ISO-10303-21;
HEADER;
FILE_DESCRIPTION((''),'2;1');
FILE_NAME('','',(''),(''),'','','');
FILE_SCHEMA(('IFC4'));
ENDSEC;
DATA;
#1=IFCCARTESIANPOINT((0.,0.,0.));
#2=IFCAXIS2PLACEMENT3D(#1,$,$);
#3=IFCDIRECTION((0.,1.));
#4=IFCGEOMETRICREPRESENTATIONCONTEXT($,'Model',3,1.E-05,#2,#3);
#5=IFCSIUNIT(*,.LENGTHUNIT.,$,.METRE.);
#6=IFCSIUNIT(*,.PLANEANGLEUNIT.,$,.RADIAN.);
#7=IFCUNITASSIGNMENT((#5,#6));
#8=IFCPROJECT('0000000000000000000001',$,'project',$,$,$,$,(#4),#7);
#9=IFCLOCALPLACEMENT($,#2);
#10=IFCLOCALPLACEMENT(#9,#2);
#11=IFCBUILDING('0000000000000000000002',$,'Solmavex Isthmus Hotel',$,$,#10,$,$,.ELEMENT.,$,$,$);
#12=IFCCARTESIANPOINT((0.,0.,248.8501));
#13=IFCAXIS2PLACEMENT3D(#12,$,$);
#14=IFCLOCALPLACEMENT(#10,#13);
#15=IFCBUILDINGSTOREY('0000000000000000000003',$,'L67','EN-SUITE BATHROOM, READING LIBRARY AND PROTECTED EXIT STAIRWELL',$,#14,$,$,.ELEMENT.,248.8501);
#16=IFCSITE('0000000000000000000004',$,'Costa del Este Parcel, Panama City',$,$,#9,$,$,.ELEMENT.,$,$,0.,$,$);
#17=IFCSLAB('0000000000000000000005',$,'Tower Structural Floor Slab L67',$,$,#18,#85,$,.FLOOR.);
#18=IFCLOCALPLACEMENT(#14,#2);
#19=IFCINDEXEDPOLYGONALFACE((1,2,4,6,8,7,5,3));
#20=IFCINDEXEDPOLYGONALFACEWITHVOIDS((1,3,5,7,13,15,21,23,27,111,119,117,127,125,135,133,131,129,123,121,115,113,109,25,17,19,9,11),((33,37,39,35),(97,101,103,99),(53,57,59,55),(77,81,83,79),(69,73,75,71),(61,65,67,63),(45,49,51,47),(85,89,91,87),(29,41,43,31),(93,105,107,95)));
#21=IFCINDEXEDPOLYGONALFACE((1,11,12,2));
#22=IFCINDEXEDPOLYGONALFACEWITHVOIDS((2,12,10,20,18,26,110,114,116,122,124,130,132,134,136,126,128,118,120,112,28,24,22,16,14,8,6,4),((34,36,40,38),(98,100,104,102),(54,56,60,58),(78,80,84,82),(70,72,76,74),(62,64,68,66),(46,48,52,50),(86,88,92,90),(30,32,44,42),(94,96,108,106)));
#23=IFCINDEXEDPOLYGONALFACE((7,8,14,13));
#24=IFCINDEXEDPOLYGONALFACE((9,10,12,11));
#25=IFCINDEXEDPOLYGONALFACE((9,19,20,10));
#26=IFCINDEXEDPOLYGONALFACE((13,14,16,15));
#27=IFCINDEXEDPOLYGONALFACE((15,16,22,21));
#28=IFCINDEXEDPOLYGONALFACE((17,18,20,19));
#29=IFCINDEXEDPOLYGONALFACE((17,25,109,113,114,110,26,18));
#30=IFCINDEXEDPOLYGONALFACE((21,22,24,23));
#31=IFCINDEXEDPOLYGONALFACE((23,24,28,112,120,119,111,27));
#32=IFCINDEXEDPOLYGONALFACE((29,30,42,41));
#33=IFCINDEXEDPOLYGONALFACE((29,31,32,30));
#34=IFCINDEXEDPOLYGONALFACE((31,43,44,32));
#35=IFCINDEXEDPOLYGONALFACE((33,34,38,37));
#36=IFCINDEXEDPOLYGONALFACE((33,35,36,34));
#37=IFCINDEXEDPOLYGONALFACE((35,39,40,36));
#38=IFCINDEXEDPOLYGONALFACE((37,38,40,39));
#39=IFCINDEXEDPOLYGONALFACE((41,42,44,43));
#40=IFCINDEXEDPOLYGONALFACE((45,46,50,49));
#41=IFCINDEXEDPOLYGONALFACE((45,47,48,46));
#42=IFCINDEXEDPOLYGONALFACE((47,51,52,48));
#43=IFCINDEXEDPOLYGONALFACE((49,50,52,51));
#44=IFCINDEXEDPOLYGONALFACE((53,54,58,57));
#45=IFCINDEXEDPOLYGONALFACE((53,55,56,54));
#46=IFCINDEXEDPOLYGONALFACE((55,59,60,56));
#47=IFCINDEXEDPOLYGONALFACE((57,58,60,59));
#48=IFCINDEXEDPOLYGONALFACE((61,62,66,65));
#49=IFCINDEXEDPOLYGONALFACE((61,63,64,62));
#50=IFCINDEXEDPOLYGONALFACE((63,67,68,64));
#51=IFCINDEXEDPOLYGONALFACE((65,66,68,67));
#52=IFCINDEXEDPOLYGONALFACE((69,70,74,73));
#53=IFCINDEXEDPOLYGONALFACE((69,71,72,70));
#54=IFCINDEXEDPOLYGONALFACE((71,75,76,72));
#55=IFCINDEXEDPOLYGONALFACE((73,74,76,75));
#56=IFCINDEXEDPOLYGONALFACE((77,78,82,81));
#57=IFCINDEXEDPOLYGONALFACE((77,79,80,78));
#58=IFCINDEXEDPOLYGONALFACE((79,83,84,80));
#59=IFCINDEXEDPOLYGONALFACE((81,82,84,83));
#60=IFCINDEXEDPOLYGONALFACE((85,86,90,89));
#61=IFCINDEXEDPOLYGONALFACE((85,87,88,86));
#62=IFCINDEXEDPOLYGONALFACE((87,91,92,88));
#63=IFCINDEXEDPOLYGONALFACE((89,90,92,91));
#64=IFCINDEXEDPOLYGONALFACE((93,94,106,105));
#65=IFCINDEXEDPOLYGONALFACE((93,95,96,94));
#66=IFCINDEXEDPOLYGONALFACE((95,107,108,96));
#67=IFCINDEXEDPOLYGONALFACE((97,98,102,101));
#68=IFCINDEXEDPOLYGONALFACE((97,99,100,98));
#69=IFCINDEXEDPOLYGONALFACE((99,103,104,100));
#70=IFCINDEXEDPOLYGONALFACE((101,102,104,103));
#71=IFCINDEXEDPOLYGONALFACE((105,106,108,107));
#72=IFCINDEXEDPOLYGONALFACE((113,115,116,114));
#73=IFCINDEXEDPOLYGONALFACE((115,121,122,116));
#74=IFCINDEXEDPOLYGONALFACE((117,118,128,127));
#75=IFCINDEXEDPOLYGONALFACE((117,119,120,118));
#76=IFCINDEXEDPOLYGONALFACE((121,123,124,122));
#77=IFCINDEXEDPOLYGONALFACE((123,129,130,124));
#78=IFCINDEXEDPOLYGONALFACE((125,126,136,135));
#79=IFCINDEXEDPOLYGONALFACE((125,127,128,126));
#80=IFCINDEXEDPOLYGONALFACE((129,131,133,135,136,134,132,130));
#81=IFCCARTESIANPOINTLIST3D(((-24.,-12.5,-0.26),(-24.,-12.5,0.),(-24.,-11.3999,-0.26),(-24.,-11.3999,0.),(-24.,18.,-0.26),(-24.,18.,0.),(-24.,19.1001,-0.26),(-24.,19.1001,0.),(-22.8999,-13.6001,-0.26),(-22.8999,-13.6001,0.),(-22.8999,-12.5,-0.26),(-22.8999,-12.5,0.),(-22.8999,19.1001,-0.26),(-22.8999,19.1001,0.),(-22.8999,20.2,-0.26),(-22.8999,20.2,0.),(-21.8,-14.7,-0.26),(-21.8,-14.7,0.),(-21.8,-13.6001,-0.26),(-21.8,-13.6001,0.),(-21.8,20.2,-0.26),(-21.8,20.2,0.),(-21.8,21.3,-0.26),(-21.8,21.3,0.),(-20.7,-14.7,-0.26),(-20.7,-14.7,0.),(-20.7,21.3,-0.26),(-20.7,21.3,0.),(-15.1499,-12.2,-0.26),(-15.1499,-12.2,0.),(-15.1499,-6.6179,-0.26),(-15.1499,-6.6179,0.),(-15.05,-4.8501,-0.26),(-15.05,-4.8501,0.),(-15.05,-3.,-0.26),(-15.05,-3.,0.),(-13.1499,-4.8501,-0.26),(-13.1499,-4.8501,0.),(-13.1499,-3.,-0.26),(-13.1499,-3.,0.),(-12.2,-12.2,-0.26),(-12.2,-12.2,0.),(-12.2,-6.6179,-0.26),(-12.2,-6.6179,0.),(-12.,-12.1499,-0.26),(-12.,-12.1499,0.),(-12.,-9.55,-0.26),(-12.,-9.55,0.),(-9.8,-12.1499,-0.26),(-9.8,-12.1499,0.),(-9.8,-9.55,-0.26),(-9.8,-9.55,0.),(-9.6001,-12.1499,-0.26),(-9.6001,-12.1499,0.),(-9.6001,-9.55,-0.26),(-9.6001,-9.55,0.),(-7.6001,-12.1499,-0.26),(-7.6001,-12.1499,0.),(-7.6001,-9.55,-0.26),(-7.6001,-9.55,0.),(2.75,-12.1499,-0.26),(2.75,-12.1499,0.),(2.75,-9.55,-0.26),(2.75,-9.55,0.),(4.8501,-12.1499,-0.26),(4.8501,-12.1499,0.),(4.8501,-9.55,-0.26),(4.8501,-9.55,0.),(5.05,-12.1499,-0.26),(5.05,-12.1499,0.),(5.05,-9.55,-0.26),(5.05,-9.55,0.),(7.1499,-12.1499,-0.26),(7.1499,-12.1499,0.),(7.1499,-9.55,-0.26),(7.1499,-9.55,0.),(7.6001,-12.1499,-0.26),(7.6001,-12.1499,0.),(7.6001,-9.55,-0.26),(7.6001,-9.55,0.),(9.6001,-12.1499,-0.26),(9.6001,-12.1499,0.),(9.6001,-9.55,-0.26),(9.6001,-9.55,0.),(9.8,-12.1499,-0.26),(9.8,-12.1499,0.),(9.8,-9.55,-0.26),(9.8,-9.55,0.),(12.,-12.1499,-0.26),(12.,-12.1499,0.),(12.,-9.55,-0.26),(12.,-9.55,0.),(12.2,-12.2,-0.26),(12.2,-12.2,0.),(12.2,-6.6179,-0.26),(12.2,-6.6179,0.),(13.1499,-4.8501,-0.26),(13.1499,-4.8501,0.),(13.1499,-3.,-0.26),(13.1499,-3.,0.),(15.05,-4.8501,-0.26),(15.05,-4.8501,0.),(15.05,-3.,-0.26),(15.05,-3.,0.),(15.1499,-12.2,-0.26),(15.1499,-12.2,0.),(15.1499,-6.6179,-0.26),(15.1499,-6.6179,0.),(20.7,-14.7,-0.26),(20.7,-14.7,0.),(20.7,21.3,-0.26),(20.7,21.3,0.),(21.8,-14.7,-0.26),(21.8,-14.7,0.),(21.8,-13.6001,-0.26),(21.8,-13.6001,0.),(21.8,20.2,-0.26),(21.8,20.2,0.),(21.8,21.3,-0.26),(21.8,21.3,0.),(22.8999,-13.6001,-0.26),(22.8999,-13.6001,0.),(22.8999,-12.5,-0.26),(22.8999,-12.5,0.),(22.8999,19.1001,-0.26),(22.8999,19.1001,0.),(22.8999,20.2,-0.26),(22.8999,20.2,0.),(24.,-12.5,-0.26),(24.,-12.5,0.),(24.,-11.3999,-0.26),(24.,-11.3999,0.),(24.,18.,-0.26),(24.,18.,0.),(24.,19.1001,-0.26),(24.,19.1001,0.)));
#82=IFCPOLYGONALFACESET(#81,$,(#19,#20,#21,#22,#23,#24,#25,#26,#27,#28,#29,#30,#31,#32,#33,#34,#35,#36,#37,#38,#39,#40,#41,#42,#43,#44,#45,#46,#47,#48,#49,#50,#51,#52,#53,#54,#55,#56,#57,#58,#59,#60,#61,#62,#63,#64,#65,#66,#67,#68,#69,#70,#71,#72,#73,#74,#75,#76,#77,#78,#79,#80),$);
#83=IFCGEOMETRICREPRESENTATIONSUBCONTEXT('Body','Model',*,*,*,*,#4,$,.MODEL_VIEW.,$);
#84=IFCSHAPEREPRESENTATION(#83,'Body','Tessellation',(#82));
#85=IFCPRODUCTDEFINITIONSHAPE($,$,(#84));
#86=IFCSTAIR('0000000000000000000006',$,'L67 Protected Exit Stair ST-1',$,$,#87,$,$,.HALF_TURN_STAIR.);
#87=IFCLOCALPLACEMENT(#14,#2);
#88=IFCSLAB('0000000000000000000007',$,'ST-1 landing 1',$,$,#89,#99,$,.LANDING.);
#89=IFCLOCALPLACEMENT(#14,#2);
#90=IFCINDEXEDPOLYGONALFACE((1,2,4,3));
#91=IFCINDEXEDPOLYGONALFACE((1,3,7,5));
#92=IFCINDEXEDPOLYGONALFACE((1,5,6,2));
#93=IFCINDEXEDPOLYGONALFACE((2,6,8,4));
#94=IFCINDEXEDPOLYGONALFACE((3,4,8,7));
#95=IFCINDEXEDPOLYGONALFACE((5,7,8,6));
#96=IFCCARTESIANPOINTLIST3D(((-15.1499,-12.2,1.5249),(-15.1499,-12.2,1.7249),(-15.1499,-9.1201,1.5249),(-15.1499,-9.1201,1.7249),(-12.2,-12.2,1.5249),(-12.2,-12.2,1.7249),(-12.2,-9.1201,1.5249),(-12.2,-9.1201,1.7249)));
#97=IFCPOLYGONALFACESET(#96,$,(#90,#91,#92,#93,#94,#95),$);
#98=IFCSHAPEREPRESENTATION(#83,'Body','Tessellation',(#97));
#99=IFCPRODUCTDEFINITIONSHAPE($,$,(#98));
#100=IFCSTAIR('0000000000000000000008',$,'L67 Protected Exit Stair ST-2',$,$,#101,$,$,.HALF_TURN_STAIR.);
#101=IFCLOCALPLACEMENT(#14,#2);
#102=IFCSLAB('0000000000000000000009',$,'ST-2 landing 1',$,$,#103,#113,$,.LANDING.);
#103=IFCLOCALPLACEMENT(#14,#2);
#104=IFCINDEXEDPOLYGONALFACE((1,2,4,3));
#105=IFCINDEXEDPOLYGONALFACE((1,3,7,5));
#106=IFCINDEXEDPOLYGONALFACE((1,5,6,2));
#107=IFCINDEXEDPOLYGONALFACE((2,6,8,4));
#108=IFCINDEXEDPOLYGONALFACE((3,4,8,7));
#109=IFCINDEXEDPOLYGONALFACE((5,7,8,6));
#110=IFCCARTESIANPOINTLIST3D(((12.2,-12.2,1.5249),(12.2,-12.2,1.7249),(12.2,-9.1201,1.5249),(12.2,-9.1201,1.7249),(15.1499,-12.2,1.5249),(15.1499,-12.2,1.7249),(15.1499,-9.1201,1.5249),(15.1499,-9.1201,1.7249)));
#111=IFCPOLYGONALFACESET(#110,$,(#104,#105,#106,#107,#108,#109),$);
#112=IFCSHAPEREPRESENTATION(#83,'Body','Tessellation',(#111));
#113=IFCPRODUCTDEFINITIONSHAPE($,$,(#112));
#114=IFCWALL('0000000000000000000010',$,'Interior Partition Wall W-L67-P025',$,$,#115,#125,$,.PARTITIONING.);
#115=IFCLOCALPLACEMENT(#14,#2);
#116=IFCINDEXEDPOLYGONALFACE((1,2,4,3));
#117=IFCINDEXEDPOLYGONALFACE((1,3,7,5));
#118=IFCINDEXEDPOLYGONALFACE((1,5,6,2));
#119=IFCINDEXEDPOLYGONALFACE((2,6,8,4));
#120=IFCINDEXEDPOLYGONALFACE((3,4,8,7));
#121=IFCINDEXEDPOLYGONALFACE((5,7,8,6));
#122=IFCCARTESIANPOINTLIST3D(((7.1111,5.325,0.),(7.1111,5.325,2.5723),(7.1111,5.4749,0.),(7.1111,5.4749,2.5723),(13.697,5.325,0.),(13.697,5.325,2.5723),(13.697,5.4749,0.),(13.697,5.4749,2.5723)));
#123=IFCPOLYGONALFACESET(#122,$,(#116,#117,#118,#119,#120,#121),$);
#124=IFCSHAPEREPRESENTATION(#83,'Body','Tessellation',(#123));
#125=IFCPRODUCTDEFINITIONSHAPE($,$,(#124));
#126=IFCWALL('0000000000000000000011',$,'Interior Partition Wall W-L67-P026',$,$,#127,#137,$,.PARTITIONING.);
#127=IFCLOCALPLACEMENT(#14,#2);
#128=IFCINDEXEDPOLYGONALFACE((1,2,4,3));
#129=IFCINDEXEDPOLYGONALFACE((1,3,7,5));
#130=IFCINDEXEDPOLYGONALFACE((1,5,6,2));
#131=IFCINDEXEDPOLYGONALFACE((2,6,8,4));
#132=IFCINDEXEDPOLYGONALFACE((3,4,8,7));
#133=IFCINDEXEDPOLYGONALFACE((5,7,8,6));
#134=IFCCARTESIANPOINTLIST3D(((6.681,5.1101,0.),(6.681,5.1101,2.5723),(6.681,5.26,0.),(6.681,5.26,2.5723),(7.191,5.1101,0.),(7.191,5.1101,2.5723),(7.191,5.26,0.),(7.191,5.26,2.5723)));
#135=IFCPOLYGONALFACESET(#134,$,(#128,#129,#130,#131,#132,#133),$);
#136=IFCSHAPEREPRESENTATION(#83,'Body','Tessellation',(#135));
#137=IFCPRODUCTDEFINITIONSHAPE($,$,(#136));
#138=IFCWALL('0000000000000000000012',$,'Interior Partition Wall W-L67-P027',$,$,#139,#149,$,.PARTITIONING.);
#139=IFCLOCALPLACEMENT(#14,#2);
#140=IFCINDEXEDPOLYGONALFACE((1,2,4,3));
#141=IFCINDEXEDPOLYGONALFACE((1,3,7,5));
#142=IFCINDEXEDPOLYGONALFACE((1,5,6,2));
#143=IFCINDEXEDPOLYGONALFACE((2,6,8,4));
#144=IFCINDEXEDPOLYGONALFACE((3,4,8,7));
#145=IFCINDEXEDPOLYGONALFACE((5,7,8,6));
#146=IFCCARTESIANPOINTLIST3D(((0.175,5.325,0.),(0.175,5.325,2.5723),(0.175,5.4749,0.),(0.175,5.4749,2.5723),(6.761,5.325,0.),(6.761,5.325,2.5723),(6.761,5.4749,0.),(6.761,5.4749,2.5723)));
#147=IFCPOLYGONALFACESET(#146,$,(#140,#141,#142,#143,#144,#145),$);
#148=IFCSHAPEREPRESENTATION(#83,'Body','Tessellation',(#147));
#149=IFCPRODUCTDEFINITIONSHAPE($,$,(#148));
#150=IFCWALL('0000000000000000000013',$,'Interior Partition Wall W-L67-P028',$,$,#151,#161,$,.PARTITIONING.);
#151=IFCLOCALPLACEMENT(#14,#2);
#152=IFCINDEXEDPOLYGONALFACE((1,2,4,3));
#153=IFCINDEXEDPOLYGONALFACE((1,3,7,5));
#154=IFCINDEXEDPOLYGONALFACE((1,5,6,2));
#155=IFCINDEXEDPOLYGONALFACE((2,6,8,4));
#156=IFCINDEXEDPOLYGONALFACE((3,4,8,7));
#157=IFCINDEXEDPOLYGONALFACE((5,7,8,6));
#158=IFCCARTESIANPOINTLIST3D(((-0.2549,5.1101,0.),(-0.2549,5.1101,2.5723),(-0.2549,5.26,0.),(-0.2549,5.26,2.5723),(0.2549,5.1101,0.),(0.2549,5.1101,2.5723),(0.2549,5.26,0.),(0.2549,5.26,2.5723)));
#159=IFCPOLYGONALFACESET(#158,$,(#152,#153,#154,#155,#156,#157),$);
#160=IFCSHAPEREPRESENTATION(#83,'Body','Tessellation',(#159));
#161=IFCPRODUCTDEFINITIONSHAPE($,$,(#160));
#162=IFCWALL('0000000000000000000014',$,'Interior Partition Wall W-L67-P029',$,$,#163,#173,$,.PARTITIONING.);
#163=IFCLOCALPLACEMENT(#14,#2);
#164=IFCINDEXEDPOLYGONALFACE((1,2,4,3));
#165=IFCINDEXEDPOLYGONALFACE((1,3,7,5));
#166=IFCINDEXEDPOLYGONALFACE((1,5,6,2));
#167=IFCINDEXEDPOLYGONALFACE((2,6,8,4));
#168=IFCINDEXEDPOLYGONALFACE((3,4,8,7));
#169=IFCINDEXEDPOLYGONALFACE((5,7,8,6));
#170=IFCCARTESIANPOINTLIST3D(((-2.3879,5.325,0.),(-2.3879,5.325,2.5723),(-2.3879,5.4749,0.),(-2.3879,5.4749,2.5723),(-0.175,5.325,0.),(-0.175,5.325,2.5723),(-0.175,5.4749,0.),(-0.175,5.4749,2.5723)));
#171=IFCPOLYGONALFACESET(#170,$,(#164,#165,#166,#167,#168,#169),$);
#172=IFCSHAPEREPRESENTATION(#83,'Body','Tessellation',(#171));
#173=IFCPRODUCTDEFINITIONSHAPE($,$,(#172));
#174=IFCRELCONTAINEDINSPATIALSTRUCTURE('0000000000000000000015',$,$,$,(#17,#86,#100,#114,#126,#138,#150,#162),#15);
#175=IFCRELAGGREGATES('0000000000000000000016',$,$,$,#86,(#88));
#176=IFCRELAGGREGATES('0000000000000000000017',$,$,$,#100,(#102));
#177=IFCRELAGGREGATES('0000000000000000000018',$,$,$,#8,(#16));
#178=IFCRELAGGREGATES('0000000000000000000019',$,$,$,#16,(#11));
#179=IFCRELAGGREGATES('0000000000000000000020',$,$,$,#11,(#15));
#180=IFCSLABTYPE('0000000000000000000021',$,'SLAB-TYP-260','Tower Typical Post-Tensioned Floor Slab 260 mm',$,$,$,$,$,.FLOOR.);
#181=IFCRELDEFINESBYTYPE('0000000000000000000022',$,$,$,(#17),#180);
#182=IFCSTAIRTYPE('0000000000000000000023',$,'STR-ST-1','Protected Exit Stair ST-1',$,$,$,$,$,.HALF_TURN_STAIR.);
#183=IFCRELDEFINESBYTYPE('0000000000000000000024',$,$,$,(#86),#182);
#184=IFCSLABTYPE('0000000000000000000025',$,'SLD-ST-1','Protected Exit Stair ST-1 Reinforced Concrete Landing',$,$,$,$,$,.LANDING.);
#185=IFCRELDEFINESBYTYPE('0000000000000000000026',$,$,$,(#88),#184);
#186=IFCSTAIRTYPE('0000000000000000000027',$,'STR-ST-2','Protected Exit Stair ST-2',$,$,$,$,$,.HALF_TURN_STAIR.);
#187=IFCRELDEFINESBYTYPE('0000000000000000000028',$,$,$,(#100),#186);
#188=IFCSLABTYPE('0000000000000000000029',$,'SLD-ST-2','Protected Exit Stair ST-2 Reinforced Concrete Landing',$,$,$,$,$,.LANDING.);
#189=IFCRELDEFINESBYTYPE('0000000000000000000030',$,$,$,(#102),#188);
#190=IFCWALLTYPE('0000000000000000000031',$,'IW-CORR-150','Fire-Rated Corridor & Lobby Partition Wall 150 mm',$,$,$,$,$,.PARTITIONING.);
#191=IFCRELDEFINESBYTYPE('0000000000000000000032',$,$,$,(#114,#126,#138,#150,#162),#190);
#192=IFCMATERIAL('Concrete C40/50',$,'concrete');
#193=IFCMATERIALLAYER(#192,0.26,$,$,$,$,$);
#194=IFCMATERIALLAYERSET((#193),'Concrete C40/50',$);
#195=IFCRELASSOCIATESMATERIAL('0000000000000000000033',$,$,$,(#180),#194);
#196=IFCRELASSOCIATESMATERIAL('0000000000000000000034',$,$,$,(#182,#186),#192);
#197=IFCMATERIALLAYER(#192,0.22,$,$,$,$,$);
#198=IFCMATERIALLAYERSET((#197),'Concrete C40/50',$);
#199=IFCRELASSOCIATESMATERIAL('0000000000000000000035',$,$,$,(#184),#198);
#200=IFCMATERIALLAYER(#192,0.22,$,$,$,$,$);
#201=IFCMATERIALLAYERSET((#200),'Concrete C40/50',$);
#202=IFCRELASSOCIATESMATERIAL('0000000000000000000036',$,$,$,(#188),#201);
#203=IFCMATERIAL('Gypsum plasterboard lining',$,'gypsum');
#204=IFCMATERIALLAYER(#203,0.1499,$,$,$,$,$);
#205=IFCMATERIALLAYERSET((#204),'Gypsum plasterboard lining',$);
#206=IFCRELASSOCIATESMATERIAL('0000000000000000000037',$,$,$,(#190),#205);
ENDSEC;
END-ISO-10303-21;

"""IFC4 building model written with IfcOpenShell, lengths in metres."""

from ifc_helpers import new_model, si_unit, direction, frame, frame_2d, origin, place, context, subcontext, project, spatial, polyline, rectangle, outline, extrude, material, layer, layer_set, type_object, element, aggregate, save


model = new_model("IFC4")

# Units and contexts
model_context = context("Model", 3, precision=1e-05, world=origin(), true_north=direction((0.0, 1.0)))
body_context = subcontext(model_context, "Body", "Model", "MODEL_VIEW")
ifc_project = project(units=[si_unit("LENGTHUNIT", "METRE"), si_unit("PLANEANGLEUNIT", "RADIAN")], contexts=[model_context])

# Site, building, storey
site_placement = place(None, origin())
site = spatial("IfcSite", under=ifc_project, at=site_placement, Name="Costa del Este Parcel, Panama City", CompositionType="ELEMENT", RefElevation=0.0)
building_placement = place(site_placement, origin())
building = spatial("IfcBuilding", under=site, at=building_placement, Name="Solmavex Isthmus Hotel", CompositionType="ELEMENT")
storey_placement = place(building_placement, frame((0.0, 0.0, 248.8501)))
storey = spatial("IfcBuildingStorey", under=building, at=storey_placement, Name="L67", Description="EN-SUITE BATHROOM, READING LIBRARY AND PROTECTED EXIT STAIRWELL", CompositionType="ELEMENT", Elevation=248.8501)

# Slab
ifc_material_1 = material(Name="Concrete C40/50", Category="concrete")
ifc_layer_1 = layer(ifc_material_1, 0.26)
ifc_layer_set_1 = layer_set([ifc_layer_1], Name="Concrete C40/50")
slab_type_1 = type_object("IfcSlabType", Name="SLAB-TYP-260", Description="Tower Typical Post-Tensioned Floor Slab 260 mm", PredefinedType="FLOOR", material=ifc_layer_set_1)
slab_1_placement = place(storey_placement, frame((0.0, 0.0, -0.26)))
element("IfcSlab", 1, at=slab_1_placement, inside=storey, type_object=slab_type_1, Name="Tower Structural Floor Slab L67", PredefinedType="FLOOR", context=body_context, shape_type="SweptSolid", body=[
    extrude(outline(polyline([(-20.7, -14.7), (20.7, -14.7), (21.8, -14.7), (21.8, -13.6001), (22.8999, -13.6001), (22.8999, -12.5), (24.0, -12.5), (24.0, -11.3999), (24.0, 18.0), (24.0, 19.1001), (22.8999, 19.1001), (22.8999, 20.2), (21.8, 20.2), (21.8, 21.3), (20.7, 21.3), (-20.7, 21.3), (-21.8, 21.3), (-21.8, 20.2), (-22.8999, 20.2), (-22.8999, 19.1001), (-24.0, 19.1001), (-24.0, 18.0), (-24.0, -11.3999), (-24.0, -12.5), (-22.8999, -12.5), (-22.8999, -13.6001), (-21.8, -13.6001), (-21.8, -14.7), (-20.7, -14.7)]), holes=[polyline([(-15.1499, -6.6179), (-15.1499, -12.2), (-12.2, -12.2), (-12.2, -6.6179), (-15.1499, -6.6179)]), polyline([(12.2, -6.6179), (12.2, -12.2), (15.1499, -12.2), (15.1499, -6.6179), (12.2, -6.6179)]), polyline([(-12.0, -12.1499), (-9.8, -12.1499), (-9.8, -9.55), (-12.0, -9.55), (-12.0, -12.1499)]), polyline([(9.8, -12.1499), (12.0, -12.1499), (12.0, -9.55), (9.8, -9.55), (9.8, -12.1499)]), polyline([(-9.6001, -12.1499), (-7.6001, -12.1499), (-7.6001, -9.55), (-9.6001, -9.55), (-9.6001, -12.1499)]), polyline([(7.6001, -12.1499), (9.6001, -12.1499), (9.6001, -9.55), (7.6001, -9.55), (7.6001, -12.1499)]), polyline([(2.75, -12.1499), (4.8501, -12.1499), (4.8501, -9.55), (2.75, -9.55), (2.75, -12.1499)]), polyline([(5.05, -12.1499), (7.1499, -12.1499), (7.1499, -9.55), (5.05, -9.55), (5.05, -12.1499)]), polyline([(-15.05, -4.8501), (-13.1499, -4.8501), (-13.1499, -3.0), (-15.05, -3.0), (-15.05, -4.8501)]), polyline([(13.1499, -4.8501), (15.05, -4.8501), (15.05, -3.0), (13.1499, -3.0), (13.1499, -4.8501)])]), origin(), (0.0, 0.0, 1.0), 0.26),
])

# Stairs, slabs
stair_type_1 = type_object("IfcStairType", Name="STR-ST-1", Description="Protected Exit Stair ST-1", PredefinedType="HALF_TURN_STAIR", material=ifc_material_1)
stair_1_placement = place(storey_placement, origin())
stair_1 = element("IfcStair", 2, at=stair_1_placement, inside=storey, type_object=stair_type_1, Name="L67 Protected Exit Stair ST-1", PredefinedType="HALF_TURN_STAIR")
ifc_layer_2 = layer(ifc_material_1, 0.22)
ifc_layer_set_2 = layer_set([ifc_layer_2], Name="Concrete C40/50")
slab_type_2 = type_object("IfcSlabType", Name="SLD-ST-1", Description="Protected Exit Stair ST-1 Reinforced Concrete Landing", PredefinedType="LANDING", material=ifc_layer_set_2)
slab_2_placement = place(storey_placement, frame((0.0, 0.0, 1.5249)))
slab_2 = element("IfcSlab", 3, at=slab_2_placement, type_object=slab_type_2, Name="ST-1 landing 1", PredefinedType="LANDING", context=body_context, shape_type="SweptSolid", body=[
    extrude(outline(polyline([(-15.1499, -9.1201), (-15.1499, -12.2), (-12.2, -12.2), (-12.2, -9.1201), (-15.1499, -9.1201)])), origin(), (0.0, 0.0, 1.0), 0.2),
])
aggregate(stair_1, [slab_2])
stair_type_2 = type_object("IfcStairType", Name="STR-ST-2", Description="Protected Exit Stair ST-2", PredefinedType="HALF_TURN_STAIR", material=ifc_material_1)
stair_2_placement = place(storey_placement, origin())
stair_2 = element("IfcStair", 4, at=stair_2_placement, inside=storey, type_object=stair_type_2, Name="L67 Protected Exit Stair ST-2", PredefinedType="HALF_TURN_STAIR")
ifc_layer_3 = layer(ifc_material_1, 0.22)
ifc_layer_set_3 = layer_set([ifc_layer_3], Name="Concrete C40/50")
slab_type_3 = type_object("IfcSlabType", Name="SLD-ST-2", Description="Protected Exit Stair ST-2 Reinforced Concrete Landing", PredefinedType="LANDING", material=ifc_layer_set_3)
slab_3_placement = place(storey_placement, frame((0.0, 0.0, 1.5249)))
slab_3 = element("IfcSlab", 5, at=slab_3_placement, type_object=slab_type_3, Name="ST-2 landing 1", PredefinedType="LANDING", context=body_context, shape_type="SweptSolid", body=[
    extrude(outline(polyline([(12.2, -9.1201), (12.2, -12.2), (15.1499, -12.2), (15.1499, -9.1201), (12.2, -9.1201)])), origin(), (0.0, 0.0, 1.0), 0.2),
])
aggregate(stair_2, [slab_3])

# Walls
ifc_material_2 = material(Name="Gypsum plasterboard lining", Category="gypsum")
ifc_layer_4 = layer(ifc_material_2, 0.1499)
ifc_layer_set_4 = layer_set([ifc_layer_4], Name="Gypsum plasterboard lining")
wall_type_1 = type_object("IfcWallType", Name="IW-CORR-150", Description="Fire-Rated Corridor & Lobby Partition Wall 150 mm", PredefinedType="PARTITIONING", material=ifc_layer_set_4)
wall_1_placement = place(storey_placement, frame((13.697, 5.3999, 0.0), z_axis=(0.0, 0.0, 1.0), x_axis=(-1.0, 0.0, 0.0)))
element("IfcWall", 6, at=wall_1_placement, inside=storey, type_object=wall_type_1, Name="Interior Partition Wall W-L67-P025", PredefinedType="PARTITIONING", context=body_context, shape_type="SweptSolid", body=[
    extrude(rectangle(XDim=6.5859, YDim=0.1499, at=frame_2d((3.293, 0.0))), origin(), (0.0, 0.0, 1.0), 2.5723),
])
wall_2_placement = place(storey_placement, frame((7.1909, 5.1851, 0.0), z_axis=(0.0, 0.0, 1.0), x_axis=(-1.0, 0.0, 0.0)))
element("IfcWall", 7, at=wall_2_placement, inside=storey, type_object=wall_type_1, Name="Interior Partition Wall W-L67-P026", PredefinedType="PARTITIONING", context=body_context, shape_type="SweptSolid", body=[
    extrude(rectangle(XDim=0.51, YDim=0.1499, at=frame_2d((0.2549, 0.0))), origin(), (0.0, 0.0, 1.0), 2.5723),
])
wall_3_placement = place(storey_placement, frame((6.761, 5.3999, 0.0), z_axis=(0.0, 0.0, 1.0), x_axis=(-1.0, 0.0, 0.0)))
element("IfcWall", 8, at=wall_3_placement, inside=storey, type_object=wall_type_1, Name="Interior Partition Wall W-L67-P027", PredefinedType="PARTITIONING", context=body_context, shape_type="SweptSolid", body=[
    extrude(rectangle(XDim=6.5859, YDim=0.1499, at=frame_2d((3.293, 0.0))), origin(), (0.0, 0.0, 1.0), 2.5723),
])
wall_4_placement = place(storey_placement, frame((0.2549, 5.1851, 0.0), z_axis=(0.0, 0.0, 1.0), x_axis=(-1.0, 0.0, 0.0)))
element("IfcWall", 9, at=wall_4_placement, inside=storey, type_object=wall_type_1, Name="Interior Partition Wall W-L67-P028", PredefinedType="PARTITIONING", context=body_context, shape_type="SweptSolid", body=[
    extrude(rectangle(XDim=0.5098, YDim=0.1499, at=frame_2d((0.2549, 0.0))), origin(), (0.0, 0.0, 1.0), 2.5723),
])
wall_5_placement = place(storey_placement, frame((-0.175, 5.3999, 0.0), z_axis=(0.0, 0.0, 1.0), x_axis=(-1.0, 0.0, 0.0)))
element("IfcWall", 10, at=wall_5_placement, inside=storey, type_object=wall_type_1, Name="Interior Partition Wall W-L67-P029", PredefinedType="PARTITIONING", context=body_context, shape_type="SweptSolid", body=[
    extrude(rectangle(XDim=2.2129, YDim=0.1499, at=frame_2d((1.1064, 0.0))), origin(), (0.0, 0.0, 1.0), 2.5723),
])

save(model, "model.ifc")
